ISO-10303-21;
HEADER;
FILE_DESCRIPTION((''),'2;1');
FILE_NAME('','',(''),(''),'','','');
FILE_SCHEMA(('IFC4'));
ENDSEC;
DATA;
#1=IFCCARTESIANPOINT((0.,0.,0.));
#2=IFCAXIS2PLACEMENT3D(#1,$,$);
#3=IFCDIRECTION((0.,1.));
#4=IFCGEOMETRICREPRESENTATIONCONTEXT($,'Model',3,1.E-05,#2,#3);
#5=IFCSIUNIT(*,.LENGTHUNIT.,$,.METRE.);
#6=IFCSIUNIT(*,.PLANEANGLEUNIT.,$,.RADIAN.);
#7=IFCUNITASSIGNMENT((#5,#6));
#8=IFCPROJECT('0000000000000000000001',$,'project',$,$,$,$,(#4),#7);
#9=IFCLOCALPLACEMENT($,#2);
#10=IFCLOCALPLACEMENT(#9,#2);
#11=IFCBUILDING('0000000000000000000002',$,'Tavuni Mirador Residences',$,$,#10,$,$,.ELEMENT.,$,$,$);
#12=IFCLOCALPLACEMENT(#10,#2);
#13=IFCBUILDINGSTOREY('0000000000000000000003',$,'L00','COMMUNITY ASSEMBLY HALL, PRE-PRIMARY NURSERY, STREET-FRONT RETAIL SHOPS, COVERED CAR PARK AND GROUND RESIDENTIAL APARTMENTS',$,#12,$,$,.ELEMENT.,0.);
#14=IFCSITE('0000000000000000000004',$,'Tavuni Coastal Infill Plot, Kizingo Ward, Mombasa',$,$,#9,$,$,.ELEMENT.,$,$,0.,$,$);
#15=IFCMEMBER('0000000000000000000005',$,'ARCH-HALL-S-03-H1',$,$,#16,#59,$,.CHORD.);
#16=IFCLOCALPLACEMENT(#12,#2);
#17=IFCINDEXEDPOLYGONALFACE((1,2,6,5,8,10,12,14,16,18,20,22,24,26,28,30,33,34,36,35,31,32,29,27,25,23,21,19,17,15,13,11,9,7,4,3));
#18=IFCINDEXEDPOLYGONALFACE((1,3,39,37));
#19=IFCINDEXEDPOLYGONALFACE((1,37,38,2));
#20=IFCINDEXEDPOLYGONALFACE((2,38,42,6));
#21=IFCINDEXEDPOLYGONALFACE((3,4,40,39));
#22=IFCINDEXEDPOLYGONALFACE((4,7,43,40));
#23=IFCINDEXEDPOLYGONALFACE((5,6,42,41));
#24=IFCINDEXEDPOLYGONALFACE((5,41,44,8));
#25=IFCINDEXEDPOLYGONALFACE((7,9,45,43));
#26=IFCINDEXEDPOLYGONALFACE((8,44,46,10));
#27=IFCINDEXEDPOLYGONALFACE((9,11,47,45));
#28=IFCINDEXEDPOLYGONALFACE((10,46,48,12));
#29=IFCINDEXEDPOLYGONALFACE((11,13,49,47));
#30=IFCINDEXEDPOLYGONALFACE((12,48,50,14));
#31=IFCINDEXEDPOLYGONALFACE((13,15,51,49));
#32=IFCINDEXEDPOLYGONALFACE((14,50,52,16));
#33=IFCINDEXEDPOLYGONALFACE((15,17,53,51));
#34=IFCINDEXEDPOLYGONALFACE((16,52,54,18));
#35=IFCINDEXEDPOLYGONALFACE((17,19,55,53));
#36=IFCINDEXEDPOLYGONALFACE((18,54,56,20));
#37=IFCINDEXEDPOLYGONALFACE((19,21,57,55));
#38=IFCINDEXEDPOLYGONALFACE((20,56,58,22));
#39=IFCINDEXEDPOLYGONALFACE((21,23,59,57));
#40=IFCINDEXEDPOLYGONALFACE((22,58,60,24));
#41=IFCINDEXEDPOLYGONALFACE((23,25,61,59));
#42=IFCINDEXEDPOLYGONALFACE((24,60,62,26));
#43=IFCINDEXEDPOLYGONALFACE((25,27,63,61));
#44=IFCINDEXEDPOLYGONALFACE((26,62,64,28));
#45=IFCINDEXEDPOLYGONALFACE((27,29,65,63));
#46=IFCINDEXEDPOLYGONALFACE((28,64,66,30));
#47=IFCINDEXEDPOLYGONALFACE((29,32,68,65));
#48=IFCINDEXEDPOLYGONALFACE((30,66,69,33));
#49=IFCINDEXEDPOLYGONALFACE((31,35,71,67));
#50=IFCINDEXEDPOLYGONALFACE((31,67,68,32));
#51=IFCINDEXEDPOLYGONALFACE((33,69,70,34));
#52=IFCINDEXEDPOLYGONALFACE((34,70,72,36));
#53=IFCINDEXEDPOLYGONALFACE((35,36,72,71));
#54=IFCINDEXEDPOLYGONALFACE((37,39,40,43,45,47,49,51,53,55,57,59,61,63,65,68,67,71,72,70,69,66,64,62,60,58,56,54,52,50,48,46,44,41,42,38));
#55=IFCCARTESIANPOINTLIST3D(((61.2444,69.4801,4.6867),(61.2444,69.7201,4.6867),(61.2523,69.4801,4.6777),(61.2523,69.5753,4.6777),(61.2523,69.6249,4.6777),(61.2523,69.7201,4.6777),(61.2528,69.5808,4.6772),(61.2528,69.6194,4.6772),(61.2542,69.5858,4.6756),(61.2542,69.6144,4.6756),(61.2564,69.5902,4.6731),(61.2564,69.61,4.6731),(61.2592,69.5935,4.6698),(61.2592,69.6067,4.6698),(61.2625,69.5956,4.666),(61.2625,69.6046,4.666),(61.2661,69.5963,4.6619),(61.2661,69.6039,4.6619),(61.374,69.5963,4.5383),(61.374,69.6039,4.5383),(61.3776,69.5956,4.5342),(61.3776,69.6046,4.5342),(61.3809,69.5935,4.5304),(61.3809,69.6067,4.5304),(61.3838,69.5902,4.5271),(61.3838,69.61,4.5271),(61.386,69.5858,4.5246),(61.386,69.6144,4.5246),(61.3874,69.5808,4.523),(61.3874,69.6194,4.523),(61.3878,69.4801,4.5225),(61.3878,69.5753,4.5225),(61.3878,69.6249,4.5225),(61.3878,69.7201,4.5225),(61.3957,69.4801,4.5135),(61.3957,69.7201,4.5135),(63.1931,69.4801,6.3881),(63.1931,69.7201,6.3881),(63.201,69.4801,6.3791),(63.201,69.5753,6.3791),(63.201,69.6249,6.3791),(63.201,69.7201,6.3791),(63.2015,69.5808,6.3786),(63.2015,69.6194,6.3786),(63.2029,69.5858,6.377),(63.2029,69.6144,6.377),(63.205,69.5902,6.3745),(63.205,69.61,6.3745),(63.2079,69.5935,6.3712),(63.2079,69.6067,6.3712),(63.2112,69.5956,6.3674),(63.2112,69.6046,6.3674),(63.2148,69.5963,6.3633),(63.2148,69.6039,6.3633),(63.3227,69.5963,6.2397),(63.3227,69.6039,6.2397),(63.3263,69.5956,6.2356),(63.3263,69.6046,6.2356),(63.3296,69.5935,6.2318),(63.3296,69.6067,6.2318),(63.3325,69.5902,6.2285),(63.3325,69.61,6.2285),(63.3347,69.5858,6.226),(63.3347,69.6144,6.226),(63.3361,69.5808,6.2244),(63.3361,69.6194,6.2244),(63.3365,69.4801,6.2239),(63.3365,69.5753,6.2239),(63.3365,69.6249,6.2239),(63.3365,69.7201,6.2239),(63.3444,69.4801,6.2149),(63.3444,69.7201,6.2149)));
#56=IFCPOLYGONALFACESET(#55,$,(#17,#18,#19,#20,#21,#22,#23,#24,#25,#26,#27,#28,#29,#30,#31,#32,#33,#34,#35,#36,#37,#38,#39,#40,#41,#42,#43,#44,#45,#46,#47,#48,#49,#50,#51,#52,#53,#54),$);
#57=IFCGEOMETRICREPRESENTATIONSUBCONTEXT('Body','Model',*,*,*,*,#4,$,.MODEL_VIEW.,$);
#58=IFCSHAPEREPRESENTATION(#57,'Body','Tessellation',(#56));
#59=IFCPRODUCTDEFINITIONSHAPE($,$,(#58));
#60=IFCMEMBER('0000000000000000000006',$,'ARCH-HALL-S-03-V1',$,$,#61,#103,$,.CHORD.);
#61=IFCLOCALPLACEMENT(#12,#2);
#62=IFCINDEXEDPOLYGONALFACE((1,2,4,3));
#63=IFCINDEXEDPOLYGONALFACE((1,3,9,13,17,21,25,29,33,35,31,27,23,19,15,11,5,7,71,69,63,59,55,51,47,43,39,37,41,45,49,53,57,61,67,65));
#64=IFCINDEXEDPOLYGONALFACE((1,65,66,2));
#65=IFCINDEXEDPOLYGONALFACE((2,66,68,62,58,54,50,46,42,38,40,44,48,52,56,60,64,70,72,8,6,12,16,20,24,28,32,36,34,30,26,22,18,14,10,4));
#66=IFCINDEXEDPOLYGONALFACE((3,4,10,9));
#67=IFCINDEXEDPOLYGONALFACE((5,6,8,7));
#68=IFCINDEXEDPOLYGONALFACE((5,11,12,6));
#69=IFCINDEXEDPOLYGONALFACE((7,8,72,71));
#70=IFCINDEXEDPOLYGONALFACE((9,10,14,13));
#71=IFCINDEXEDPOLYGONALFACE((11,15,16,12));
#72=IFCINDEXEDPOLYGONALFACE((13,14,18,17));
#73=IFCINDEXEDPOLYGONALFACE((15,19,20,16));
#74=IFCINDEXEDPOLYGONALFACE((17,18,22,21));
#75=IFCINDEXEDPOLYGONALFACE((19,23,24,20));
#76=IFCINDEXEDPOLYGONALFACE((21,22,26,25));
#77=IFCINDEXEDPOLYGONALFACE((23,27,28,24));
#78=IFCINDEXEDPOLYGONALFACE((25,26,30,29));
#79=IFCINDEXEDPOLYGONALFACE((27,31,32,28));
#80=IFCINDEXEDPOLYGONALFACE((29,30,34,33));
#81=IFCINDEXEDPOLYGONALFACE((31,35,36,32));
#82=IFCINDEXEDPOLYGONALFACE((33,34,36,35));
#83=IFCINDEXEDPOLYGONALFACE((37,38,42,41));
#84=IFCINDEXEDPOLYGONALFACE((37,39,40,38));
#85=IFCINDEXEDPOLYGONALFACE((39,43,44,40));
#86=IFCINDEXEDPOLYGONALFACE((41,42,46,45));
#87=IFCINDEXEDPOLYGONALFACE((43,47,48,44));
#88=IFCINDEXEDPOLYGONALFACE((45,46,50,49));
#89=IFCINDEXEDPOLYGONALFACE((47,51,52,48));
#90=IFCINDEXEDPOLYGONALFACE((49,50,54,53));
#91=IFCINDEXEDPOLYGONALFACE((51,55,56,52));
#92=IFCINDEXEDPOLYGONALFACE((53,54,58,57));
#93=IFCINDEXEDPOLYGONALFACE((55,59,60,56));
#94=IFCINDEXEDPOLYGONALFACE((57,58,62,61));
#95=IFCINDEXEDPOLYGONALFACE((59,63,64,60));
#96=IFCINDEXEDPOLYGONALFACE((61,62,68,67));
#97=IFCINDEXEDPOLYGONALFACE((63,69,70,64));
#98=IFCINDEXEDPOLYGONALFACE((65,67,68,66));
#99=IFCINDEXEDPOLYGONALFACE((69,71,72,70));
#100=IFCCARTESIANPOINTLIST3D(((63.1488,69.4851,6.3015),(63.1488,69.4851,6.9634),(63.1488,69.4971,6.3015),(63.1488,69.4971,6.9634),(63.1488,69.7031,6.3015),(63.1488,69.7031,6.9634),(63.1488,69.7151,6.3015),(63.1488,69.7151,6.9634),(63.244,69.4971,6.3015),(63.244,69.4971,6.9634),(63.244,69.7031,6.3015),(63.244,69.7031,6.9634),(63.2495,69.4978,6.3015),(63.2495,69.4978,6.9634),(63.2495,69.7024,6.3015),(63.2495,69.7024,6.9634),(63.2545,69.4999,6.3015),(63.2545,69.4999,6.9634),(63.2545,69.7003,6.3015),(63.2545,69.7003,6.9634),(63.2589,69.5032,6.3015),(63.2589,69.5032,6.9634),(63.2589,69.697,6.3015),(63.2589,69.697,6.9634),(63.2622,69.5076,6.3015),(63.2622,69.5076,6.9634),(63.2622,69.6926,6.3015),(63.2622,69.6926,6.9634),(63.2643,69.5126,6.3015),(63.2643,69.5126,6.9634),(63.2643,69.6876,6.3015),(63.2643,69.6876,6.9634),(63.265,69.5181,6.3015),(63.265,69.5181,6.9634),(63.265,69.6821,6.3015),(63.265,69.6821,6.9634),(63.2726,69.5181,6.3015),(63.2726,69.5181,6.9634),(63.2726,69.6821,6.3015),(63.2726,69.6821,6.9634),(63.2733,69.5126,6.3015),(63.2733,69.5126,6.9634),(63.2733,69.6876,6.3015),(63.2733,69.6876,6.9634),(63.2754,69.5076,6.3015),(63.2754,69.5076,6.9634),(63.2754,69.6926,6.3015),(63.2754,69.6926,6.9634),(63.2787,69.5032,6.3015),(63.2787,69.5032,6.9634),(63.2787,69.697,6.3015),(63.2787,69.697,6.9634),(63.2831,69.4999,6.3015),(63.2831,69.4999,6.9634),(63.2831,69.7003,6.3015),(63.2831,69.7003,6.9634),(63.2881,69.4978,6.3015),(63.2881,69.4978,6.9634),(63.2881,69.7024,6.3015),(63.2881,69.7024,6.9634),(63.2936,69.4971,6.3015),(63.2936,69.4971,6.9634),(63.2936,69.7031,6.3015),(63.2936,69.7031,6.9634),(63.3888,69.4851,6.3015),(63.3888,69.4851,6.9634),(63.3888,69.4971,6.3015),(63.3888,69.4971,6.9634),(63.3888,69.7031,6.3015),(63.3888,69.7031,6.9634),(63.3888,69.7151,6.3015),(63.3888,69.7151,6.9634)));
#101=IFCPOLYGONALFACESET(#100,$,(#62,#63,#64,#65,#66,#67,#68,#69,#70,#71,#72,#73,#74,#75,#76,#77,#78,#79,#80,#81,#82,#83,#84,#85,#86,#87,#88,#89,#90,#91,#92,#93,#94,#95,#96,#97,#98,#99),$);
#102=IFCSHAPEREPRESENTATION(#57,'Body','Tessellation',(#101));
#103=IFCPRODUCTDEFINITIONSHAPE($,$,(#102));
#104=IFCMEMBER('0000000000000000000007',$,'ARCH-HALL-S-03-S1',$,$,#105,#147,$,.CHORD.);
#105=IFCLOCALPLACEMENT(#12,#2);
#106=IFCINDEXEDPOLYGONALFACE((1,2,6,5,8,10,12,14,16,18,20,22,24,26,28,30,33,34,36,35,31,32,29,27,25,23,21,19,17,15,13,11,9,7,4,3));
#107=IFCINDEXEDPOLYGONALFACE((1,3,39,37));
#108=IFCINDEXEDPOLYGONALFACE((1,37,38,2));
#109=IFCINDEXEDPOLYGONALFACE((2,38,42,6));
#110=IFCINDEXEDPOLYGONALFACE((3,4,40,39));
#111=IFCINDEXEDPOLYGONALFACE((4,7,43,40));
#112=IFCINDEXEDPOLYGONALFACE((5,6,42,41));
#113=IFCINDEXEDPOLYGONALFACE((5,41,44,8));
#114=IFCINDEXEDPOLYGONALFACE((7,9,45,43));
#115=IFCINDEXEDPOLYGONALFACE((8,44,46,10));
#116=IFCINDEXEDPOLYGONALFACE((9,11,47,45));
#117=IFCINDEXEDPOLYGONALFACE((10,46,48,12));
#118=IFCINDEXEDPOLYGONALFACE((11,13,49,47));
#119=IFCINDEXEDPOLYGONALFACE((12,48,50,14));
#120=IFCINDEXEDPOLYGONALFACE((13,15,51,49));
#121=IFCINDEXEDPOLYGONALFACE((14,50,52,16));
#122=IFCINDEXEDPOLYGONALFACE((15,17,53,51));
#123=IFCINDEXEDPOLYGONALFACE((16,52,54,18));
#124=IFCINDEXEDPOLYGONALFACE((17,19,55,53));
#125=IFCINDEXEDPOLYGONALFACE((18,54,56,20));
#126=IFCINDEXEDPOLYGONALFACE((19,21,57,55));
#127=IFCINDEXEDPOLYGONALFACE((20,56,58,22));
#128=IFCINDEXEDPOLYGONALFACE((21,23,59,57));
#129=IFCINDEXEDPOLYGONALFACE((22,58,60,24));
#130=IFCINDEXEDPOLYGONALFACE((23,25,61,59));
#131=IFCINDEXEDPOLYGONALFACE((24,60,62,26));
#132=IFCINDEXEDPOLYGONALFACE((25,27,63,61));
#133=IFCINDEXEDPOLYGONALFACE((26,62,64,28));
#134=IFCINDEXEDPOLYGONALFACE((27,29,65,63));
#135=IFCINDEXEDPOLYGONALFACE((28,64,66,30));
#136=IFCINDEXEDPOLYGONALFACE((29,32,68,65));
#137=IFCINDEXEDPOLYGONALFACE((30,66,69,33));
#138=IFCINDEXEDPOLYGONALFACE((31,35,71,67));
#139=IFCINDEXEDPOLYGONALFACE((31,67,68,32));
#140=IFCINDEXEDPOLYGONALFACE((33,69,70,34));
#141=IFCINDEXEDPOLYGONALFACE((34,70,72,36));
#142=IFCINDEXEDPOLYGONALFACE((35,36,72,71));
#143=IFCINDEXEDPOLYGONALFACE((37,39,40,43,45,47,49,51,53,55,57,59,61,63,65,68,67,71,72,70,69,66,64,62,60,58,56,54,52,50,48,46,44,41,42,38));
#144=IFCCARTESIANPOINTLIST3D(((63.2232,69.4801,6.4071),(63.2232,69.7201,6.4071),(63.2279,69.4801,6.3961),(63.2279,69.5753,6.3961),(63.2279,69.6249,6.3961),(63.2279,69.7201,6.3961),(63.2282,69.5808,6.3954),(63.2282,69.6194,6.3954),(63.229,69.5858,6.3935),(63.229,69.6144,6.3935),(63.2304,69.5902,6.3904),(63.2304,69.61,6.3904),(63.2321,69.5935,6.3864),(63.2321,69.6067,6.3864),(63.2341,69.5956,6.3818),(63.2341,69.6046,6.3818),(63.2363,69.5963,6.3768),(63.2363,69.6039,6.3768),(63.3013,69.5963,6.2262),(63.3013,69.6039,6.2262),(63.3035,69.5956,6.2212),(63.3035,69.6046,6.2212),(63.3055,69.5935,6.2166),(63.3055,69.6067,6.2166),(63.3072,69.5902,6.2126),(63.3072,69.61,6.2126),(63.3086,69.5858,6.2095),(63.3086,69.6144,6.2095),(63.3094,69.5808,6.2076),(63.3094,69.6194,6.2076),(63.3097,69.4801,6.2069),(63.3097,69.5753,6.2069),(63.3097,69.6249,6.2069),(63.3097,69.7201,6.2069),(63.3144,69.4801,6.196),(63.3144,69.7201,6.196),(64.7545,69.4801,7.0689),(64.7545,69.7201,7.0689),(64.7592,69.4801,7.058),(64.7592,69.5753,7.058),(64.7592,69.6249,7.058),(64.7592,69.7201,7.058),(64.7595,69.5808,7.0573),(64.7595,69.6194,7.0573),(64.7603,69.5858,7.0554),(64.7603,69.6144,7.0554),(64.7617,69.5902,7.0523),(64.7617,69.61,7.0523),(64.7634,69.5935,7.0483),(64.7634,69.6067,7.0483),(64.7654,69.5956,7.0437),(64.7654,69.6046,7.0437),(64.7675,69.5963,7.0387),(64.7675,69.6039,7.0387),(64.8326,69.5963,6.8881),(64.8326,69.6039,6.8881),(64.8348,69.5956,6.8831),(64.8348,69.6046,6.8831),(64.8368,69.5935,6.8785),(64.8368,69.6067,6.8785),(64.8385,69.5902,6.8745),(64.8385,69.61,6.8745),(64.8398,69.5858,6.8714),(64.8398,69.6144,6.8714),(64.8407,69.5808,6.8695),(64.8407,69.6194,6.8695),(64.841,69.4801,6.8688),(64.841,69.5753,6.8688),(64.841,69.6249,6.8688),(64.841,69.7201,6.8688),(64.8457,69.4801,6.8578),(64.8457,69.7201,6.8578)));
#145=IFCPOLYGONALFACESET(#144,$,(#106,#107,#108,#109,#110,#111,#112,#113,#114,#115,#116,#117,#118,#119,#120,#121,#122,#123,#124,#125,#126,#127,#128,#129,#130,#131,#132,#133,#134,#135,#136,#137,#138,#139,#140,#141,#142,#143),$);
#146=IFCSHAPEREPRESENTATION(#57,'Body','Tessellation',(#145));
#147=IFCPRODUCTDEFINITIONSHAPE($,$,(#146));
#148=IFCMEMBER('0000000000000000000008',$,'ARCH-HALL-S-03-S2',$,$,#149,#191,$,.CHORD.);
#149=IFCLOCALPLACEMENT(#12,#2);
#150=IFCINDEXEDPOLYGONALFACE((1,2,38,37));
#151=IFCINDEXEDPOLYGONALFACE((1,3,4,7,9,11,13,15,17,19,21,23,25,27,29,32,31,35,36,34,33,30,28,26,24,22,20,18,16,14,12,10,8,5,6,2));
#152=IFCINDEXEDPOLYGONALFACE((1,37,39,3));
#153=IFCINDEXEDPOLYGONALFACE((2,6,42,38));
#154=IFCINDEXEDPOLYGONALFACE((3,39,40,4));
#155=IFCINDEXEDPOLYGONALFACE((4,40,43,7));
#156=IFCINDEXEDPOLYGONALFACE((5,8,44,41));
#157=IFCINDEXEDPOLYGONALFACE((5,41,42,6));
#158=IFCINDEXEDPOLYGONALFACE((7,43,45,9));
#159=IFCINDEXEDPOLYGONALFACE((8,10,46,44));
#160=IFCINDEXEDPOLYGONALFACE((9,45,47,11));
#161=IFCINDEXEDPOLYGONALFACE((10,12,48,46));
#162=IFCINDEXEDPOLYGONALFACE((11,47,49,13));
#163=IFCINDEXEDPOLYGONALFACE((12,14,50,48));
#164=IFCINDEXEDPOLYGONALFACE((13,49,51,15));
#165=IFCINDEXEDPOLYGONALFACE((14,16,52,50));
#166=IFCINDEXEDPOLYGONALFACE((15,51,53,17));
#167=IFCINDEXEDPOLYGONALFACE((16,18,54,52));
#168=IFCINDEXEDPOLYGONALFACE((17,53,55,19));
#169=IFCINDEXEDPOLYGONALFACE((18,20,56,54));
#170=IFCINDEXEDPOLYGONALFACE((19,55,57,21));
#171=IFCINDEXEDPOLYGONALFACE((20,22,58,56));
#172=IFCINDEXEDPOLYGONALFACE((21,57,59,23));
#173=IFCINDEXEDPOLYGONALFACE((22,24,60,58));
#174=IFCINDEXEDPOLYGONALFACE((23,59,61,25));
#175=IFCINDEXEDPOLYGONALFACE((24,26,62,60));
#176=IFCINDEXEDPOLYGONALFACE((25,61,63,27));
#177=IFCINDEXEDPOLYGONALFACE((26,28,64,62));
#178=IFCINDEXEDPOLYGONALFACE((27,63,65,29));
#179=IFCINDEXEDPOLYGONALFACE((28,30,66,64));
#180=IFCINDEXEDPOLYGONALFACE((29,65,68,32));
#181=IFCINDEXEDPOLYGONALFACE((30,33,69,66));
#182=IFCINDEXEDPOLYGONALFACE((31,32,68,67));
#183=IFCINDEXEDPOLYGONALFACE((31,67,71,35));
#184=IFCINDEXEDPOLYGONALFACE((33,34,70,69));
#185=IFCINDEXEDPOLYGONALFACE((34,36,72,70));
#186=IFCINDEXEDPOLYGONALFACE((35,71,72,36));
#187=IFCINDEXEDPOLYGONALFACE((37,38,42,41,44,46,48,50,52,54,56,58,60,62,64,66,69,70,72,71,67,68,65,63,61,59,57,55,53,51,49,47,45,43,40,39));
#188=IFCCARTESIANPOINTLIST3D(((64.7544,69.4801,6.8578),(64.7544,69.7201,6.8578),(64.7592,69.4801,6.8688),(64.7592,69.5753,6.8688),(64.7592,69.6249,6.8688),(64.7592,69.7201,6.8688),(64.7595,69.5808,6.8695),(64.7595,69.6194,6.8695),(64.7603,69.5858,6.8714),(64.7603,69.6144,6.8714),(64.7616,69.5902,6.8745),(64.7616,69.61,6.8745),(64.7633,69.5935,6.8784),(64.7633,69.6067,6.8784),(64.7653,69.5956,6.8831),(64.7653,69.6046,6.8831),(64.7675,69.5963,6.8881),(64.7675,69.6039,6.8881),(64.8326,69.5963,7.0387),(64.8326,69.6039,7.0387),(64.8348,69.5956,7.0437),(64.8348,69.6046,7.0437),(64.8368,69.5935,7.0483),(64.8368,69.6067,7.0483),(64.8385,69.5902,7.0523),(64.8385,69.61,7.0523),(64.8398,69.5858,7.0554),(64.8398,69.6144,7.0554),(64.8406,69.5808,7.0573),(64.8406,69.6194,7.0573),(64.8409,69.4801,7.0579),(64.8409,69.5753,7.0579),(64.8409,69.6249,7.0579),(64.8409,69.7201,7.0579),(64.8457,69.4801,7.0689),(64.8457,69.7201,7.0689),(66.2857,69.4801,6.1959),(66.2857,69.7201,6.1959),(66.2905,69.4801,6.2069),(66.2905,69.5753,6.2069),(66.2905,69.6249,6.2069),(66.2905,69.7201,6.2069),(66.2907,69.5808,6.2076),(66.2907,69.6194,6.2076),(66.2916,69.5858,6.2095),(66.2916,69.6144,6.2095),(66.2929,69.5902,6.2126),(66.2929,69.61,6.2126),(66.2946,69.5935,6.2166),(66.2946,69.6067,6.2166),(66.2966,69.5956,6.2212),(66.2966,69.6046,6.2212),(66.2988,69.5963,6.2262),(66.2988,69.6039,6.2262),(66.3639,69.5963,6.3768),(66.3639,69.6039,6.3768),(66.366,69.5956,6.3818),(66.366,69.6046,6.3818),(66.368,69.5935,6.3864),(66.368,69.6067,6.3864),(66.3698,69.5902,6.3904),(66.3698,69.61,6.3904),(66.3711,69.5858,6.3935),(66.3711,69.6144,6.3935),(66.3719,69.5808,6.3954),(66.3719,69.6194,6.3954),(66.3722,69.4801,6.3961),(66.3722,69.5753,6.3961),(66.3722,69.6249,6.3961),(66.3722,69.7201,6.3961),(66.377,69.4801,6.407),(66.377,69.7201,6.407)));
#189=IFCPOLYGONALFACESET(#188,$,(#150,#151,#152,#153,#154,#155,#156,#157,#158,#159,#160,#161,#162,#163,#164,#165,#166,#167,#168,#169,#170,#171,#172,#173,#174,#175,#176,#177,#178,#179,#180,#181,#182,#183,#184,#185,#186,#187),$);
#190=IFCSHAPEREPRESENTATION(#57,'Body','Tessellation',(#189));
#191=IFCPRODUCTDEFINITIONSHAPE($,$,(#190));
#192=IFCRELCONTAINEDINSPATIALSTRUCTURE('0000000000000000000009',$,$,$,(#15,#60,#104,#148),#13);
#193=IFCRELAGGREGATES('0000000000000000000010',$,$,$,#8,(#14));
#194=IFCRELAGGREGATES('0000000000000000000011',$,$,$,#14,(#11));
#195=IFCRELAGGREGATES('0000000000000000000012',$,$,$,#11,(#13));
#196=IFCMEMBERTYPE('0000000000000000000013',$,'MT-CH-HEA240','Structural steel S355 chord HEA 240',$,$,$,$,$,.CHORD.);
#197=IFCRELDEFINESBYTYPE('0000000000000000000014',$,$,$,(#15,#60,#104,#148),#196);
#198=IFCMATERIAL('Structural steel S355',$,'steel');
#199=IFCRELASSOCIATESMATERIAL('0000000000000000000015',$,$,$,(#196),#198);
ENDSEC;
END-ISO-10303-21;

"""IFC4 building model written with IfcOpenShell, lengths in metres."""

from ifc_helpers import new_model, si_unit, direction, frame, origin, origin_2d, place, context, subcontext, project, spatial, i_section, extrude, material, material_profile, profile_set, type_object, element, save


model = new_model("IFC4")

# Units and contexts
model_context = context("Model", 3, precision=1e-05, world=origin(), true_north=direction((0.0, 1.0)))
body_context = subcontext(model_context, "Body", "Model", "MODEL_VIEW")
ifc_project = project(units=[si_unit("LENGTHUNIT", "METRE"), si_unit("PLANEANGLEUNIT", "RADIAN")], contexts=[model_context])

# Site, building, storey
site_placement = place(None, origin())
site = spatial("IfcSite", under=ifc_project, at=site_placement, Name="Tavuni Coastal Infill Plot, Kizingo Ward, Mombasa", CompositionType="ELEMENT", RefElevation=0.0)
building_placement = place(site_placement, origin())
building = spatial("IfcBuilding", under=site, at=building_placement, Name="Tavuni Mirador Residences", CompositionType="ELEMENT")
storey_placement = place(building_placement, origin())
storey = spatial("IfcBuildingStorey", under=building, at=storey_placement, Name="L00", Description="COMMUNITY ASSEMBLY HALL, PRE-PRIMARY NURSERY, STREET-FRONT RETAIL SHOPS, COVERED CAR PARK AND GROUND RESIDENTIAL APARTMENTS", CompositionType="ELEMENT", Elevation=0.0)

# Shared definitions
ifc_material = material(Name="Structural steel S355", Category="steel")

# Members
ifc_material_profile_1 = material_profile(ifc_material, i_section(OverallWidth=0.24, OverallDepth=0.23, WebThickness=0.0076, FlangeThickness=0.012, FilletRadius=0.021, at=origin_2d()), Name="HEA 240", Category="steel")
ifc_profile_set_1 = profile_set([ifc_material_profile_1], Name="Structural steel S355")
member_type = type_object("IfcMemberType", Name="MT-CH-HEA240", Description="Structural steel S355 chord HEA 240", PredefinedType="CHORD", material=ifc_profile_set_1)
member_1_placement = place(storey_placement, frame((61.3201, 69.6001, 4.6001), z_axis=(0.753289, 0.0, 0.657689), x_axis=(0.0, 1.0, 0.0)))
element("IfcMember", 1, at=member_1_placement, inside=storey, type_object=member_type, Name="ARCH-HALL-S-03-H1", PredefinedType="CHORD", context=body_context, shape_type="SweptSolid", body=[
    extrude(i_section(OverallWidth=0.24, OverallDepth=0.23, WebThickness=0.0076, FlangeThickness=0.012, FilletRadius=0.021, at=origin_2d()), origin(), (0.0, 0.0, 1.0), 2.5869),
])
member_2_placement = place(storey_placement, frame((63.2688, 69.6001, 6.3015), z_axis=(0.0, 0.0, 1.0), x_axis=(1.0, 0.0, 0.0)))
element("IfcMember", 2, at=member_2_placement, inside=storey, type_object=member_type, Name="ARCH-HALL-S-03-V1", PredefinedType="CHORD", context=body_context, shape_type="SweptSolid", body=[
    extrude(i_section(OverallWidth=0.24, OverallDepth=0.23, WebThickness=0.0076, FlangeThickness=0.012, FilletRadius=0.021, at=origin_2d()), origin(), (0.0, 0.0, 1.0), 0.6619),
])
for number, where, z_axis, x_axis, name in (
    (3, (63.2688, 69.6001, 6.3015), (0.917922, 0.0, 0.396761), (0.0, 1.0, 0.0), "ARCH-HALL-S-03-S1"),
    (4, (64.8, 69.6001, 6.9634), (0.917922, 0.0, -0.396761), (0.0, 1.0, 0.0), "ARCH-HALL-S-03-S2"),
):
    element("IfcMember", number, at=place(storey_placement, frame(where, z_axis=z_axis, x_axis=x_axis)), inside=storey, type_object=member_type, Name=name, PredefinedType="CHORD", context=body_context, shape_type="SweptSolid", body=[
        extrude(i_section(OverallWidth=0.24, OverallDepth=0.23, WebThickness=0.0076, FlangeThickness=0.012, FilletRadius=0.021, at=origin_2d()), origin(), (0.0, 0.0, 1.0), 1.6682),
    ])

save(model, "model.ifc")
